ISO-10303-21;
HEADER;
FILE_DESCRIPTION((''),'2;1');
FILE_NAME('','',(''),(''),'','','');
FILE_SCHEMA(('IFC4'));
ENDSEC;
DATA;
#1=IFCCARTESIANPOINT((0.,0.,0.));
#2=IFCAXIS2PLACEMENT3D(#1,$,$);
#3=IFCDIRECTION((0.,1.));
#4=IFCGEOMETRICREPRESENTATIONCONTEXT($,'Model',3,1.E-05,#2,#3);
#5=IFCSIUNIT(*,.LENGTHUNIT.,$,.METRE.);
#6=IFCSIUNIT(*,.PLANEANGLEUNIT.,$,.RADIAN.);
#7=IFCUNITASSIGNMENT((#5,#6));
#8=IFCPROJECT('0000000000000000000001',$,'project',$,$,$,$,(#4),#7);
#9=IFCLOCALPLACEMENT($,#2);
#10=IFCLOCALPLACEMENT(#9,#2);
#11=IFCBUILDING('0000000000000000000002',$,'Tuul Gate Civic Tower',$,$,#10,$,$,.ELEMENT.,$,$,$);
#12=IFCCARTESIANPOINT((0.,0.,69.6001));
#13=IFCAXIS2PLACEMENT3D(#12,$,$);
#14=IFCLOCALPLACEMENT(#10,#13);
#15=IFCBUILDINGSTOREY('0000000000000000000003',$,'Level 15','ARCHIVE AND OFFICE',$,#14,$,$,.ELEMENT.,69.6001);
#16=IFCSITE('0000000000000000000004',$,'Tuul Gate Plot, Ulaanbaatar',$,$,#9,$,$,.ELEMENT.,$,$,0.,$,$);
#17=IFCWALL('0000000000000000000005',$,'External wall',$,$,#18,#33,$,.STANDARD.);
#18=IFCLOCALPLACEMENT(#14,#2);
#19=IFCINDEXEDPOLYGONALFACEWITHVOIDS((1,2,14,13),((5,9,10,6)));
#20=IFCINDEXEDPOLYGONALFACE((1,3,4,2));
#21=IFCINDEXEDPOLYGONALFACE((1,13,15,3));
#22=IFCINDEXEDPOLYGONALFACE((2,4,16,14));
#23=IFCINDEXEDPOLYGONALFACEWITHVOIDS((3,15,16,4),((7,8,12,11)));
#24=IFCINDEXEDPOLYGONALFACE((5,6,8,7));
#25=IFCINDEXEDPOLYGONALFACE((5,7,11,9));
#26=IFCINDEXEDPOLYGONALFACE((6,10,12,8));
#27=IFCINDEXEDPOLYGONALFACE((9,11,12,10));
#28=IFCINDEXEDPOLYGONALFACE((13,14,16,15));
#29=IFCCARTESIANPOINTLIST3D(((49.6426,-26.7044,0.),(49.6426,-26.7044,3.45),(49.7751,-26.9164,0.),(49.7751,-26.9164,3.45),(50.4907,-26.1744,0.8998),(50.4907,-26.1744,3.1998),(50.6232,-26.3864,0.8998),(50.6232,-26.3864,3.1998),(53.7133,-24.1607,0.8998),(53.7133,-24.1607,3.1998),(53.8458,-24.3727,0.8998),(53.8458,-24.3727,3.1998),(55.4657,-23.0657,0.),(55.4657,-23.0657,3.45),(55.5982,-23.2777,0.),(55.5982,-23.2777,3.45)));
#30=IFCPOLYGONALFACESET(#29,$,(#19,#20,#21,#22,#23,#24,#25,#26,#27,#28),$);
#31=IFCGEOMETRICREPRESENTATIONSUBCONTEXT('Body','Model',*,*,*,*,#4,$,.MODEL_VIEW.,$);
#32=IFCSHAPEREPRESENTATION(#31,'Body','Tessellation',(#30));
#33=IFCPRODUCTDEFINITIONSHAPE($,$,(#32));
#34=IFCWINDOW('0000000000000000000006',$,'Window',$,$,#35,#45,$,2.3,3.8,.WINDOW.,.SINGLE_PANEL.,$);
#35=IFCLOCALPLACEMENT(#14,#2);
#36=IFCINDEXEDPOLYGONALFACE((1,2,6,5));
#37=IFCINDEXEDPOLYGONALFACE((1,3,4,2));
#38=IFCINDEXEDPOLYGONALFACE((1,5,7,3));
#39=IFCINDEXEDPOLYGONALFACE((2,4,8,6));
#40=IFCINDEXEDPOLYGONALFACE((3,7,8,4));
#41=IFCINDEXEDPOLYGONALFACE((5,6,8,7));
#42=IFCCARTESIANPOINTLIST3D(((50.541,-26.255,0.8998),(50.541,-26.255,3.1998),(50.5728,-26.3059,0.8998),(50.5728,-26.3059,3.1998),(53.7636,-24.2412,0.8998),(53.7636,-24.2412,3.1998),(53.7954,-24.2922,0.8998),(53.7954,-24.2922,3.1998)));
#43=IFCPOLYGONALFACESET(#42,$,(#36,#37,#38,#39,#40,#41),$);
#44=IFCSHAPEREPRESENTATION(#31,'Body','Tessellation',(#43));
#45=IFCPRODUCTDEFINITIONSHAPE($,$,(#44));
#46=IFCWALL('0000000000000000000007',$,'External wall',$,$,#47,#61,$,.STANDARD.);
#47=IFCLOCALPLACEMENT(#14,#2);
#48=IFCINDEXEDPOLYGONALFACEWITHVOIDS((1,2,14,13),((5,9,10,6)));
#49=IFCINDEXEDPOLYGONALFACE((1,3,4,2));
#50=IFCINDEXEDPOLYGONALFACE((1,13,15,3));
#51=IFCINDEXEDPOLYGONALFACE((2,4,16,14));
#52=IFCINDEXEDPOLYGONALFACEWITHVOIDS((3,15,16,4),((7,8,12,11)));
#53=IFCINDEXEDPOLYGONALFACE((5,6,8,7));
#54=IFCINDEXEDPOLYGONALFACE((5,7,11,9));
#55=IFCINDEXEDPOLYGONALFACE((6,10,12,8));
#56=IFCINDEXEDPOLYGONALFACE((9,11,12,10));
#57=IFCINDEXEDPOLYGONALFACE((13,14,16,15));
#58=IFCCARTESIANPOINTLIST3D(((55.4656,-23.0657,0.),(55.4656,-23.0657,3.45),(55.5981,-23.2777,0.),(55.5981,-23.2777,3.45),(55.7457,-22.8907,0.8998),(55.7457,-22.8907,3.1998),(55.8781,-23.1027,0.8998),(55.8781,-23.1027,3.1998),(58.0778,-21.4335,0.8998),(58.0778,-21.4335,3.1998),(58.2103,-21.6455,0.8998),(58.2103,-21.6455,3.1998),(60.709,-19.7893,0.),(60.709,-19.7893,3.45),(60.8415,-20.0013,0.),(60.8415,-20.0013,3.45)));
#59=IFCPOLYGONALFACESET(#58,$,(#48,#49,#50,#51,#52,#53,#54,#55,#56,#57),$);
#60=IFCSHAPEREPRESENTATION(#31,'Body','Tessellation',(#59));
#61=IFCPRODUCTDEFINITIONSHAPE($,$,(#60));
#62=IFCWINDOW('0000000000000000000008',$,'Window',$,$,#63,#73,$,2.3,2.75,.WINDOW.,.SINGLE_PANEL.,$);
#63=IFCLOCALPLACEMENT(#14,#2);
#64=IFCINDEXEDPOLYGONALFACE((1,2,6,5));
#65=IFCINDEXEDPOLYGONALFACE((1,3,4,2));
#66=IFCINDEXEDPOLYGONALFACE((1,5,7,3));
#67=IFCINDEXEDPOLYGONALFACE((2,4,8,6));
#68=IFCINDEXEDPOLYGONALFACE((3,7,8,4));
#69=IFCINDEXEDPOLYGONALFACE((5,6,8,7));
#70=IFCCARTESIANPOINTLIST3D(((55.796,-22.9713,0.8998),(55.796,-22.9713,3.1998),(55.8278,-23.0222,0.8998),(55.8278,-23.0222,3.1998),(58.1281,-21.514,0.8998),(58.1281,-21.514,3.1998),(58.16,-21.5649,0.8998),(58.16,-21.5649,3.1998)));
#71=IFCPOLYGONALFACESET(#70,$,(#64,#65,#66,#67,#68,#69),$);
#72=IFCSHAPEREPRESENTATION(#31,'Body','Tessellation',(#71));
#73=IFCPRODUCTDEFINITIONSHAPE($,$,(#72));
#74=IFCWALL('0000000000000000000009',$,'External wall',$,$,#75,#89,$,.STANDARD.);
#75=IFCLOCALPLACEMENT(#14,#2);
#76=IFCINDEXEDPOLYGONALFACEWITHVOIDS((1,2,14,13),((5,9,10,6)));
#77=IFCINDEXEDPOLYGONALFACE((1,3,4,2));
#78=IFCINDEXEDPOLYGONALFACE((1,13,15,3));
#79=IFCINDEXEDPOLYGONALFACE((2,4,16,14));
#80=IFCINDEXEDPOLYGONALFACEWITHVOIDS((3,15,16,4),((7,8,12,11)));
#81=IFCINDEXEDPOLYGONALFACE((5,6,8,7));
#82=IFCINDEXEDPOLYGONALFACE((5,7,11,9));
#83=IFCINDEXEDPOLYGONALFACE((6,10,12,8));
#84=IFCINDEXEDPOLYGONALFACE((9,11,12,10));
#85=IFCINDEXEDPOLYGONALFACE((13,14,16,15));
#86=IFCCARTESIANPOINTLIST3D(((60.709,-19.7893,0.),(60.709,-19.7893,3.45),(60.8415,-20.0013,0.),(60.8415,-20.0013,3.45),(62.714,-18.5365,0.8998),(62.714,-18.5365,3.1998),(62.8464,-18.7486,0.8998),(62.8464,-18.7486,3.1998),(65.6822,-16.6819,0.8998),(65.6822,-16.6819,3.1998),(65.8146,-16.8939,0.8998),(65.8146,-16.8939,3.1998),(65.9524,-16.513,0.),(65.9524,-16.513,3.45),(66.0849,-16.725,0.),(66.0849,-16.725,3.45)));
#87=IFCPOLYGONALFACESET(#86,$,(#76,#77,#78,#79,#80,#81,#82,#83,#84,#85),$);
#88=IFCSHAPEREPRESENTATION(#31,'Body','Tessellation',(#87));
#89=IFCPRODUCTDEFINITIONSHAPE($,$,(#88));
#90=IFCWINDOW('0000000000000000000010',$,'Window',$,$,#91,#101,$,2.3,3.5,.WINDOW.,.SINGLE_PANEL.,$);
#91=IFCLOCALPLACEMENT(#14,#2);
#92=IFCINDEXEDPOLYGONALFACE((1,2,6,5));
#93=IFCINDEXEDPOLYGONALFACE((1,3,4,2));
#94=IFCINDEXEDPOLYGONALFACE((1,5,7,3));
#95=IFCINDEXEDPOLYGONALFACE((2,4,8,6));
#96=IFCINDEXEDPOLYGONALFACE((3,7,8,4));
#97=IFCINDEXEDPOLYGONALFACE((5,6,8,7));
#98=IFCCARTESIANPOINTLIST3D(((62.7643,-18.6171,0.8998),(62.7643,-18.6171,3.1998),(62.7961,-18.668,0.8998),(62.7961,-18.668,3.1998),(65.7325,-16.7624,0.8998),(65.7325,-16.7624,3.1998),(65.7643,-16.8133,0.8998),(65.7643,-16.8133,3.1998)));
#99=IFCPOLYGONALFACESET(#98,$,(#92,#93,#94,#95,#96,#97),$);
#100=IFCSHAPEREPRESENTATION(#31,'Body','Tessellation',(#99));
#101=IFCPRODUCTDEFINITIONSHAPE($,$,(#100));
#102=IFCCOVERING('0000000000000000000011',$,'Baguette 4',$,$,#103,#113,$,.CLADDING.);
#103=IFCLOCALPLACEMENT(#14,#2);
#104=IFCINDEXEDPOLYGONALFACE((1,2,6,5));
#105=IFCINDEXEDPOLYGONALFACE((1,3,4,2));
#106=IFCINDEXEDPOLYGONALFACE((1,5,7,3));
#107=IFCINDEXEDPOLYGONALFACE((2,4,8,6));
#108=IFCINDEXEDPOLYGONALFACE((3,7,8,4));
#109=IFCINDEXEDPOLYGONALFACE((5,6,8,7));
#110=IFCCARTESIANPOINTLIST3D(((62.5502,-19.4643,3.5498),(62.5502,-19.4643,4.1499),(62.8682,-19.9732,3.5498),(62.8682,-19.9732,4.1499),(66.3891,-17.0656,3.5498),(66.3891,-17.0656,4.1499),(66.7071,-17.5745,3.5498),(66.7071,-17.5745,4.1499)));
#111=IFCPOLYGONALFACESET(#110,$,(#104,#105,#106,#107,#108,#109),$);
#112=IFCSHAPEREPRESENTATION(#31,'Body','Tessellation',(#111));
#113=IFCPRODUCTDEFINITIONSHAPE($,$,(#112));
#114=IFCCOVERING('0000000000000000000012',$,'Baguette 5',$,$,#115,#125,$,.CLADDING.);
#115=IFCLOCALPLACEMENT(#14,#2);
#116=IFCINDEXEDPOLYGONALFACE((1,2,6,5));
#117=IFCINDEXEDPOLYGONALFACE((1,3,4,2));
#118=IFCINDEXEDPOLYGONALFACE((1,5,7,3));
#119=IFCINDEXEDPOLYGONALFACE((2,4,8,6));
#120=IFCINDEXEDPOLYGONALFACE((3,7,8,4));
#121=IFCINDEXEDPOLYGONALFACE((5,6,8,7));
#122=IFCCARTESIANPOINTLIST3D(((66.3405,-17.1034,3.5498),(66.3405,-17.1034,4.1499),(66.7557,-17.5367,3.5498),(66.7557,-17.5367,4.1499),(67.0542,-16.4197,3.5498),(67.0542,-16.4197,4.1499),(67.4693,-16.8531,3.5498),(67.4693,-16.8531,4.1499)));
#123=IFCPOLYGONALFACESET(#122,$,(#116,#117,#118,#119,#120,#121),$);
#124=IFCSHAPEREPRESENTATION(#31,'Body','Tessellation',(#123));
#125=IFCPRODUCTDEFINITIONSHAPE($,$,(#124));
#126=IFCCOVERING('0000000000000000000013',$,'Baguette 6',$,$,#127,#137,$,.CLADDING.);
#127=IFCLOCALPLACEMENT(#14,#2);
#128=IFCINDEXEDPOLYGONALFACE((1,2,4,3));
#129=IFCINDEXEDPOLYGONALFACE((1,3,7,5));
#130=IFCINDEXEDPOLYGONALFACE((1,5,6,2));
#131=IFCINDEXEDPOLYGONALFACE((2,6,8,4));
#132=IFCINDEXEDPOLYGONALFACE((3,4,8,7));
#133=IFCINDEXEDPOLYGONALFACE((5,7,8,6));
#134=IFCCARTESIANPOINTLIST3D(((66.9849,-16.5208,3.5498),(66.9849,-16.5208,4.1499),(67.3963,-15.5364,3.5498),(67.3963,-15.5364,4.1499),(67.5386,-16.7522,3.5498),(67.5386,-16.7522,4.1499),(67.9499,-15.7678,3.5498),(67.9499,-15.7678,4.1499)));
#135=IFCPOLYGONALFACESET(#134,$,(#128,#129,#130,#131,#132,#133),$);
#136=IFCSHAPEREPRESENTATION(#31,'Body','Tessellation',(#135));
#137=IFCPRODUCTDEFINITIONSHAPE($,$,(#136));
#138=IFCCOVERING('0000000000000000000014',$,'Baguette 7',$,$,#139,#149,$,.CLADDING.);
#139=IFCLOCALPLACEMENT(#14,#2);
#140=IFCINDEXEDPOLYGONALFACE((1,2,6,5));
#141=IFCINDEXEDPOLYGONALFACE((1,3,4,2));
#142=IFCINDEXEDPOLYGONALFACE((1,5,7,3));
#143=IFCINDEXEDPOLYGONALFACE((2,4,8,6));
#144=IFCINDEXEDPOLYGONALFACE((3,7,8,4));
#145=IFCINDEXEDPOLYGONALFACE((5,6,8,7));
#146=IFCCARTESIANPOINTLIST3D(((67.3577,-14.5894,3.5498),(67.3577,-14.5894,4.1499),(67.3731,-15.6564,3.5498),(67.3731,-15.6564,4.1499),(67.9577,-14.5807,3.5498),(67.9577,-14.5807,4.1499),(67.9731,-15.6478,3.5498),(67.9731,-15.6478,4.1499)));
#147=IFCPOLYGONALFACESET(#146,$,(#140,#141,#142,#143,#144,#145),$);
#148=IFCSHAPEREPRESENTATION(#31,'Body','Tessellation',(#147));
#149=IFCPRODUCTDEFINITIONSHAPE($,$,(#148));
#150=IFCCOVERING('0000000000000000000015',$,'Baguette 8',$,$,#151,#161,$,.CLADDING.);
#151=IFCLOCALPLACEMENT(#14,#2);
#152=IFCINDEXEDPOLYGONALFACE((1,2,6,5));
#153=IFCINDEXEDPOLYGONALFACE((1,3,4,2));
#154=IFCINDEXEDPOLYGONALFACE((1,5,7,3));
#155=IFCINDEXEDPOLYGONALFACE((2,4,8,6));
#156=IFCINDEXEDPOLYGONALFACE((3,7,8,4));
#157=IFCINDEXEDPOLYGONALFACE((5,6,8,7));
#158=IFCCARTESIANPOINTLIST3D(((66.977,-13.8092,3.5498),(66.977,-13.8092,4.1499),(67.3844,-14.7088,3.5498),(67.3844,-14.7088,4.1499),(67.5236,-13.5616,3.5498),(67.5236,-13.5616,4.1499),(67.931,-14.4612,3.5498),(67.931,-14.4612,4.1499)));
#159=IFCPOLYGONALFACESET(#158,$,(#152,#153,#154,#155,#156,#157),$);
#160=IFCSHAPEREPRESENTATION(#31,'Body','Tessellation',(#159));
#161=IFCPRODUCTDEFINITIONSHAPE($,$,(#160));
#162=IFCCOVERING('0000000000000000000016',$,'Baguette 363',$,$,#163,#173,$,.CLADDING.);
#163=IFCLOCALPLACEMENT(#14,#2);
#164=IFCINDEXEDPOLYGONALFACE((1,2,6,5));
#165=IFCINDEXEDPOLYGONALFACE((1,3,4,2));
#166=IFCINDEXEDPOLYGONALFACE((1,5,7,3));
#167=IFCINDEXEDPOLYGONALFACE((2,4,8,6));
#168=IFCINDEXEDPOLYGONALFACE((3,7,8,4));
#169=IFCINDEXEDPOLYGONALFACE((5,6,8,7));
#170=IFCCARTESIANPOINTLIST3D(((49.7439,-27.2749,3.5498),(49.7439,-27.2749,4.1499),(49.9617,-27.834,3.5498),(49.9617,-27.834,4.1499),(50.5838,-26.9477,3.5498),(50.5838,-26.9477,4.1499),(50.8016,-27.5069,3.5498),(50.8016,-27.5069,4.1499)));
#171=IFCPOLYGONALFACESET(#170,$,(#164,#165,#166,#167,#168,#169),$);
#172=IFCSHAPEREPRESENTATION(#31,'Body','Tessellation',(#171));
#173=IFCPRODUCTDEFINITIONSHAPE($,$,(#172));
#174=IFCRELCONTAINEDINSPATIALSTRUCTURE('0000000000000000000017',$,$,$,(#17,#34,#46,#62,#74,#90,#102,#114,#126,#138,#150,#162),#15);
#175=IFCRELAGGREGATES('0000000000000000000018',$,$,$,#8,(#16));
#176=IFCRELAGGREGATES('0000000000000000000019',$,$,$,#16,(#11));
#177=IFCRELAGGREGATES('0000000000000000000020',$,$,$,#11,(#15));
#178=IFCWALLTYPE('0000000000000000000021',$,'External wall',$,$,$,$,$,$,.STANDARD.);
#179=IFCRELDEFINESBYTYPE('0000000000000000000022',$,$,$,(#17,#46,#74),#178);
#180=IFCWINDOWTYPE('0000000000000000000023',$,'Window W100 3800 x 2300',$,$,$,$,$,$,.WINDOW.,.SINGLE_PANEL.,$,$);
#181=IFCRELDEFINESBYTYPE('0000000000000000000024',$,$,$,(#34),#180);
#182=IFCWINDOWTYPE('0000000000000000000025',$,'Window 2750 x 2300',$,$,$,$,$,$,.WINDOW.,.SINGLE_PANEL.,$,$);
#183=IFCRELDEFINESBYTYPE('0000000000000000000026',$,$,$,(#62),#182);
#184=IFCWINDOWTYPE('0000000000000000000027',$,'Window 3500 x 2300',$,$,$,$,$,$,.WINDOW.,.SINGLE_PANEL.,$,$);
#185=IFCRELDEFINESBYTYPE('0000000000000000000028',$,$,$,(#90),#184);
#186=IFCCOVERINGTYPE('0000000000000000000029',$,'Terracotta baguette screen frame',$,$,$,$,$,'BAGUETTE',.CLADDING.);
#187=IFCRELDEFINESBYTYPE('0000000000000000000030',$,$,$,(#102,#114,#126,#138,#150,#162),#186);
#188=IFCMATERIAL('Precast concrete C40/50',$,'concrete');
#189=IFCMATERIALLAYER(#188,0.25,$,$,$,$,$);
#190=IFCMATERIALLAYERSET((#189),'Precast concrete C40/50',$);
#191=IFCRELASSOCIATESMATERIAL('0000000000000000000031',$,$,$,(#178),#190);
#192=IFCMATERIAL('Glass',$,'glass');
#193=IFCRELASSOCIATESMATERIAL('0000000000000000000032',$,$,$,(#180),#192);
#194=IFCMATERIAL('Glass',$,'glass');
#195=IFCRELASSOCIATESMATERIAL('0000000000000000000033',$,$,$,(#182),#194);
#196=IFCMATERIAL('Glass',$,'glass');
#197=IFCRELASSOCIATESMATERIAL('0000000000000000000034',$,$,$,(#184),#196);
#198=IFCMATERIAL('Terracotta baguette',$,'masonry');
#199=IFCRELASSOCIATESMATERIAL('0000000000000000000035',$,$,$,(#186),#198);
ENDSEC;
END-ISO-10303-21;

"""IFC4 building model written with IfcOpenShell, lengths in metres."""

from ifc_helpers import new_model, si_unit, direction, frame, frame_2d, origin, origin_2d, place, context, subcontext, project, spatial, rectangle, extrude, material, layer, layer_set, material_profile, profile_set, type_object, element, fill, save


model = new_model("IFC4")

# Units and contexts
model_context = context("Model", 3, precision=1e-05, world=origin(), true_north=direction((0.0, 1.0)))
body_context = subcontext(model_context, "Body", "Model", "MODEL_VIEW")
ifc_project = project(units=[si_unit("LENGTHUNIT", "METRE"), si_unit("PLANEANGLEUNIT", "RADIAN")], contexts=[model_context])

# Site, building, storey
site_placement = place(None, origin())
site = spatial("IfcSite", under=ifc_project, at=site_placement, Name="Tuul Gate Plot, Ulaanbaatar", CompositionType="ELEMENT", RefElevation=0.0)
building_placement = place(site_placement, origin())
building = spatial("IfcBuilding", under=site, at=building_placement, Name="Tuul Gate Civic Tower", CompositionType="ELEMENT")
storey_placement = place(building_placement, frame((0.0, 0.0, 69.6001)))
storey = spatial("IfcBuildingStorey", under=building, at=storey_placement, Name="Level 15", Description="ARCHIVE AND OFFICE", CompositionType="ELEMENT", Elevation=69.6001)

# Shared definitions
ifc_material_1 = material(Name="Precast concrete C40/50", Category="concrete")
ifc_layer = layer(ifc_material_1, 0.25)
ifc_layer_set = layer_set([ifc_layer], Name="Precast concrete C40/50")
wall_type = type_object("IfcWallType", Name="External wall", PredefinedType="STANDARD", material=ifc_layer_set)

# Walls, openings, windows
wall_1_placement = place(storey_placement, frame((49.709, -26.8103, 0.0), z_axis=(0.0, 0.0, 1.0), x_axis=(0.848044, 0.529925, 0.0)))
wall_1 = element("IfcWall", 1, at=wall_1_placement, inside=storey, type_object=wall_type, Name="External wall", PredefinedType="STANDARD", context=body_context, shape_type="SweptSolid", body=[
    extrude(rectangle(XDim=6.8665, YDim=0.25, at=frame_2d((3.4331, 0.0))), origin(), (0.0, 0.0, 1.0), 3.45),
])
opening_1_placement = place(wall_1_placement, frame((1.0, 0.0, 0.8999)))
opening_1 = element("IfcOpeningElement", 2, at=opening_1_placement, cuts=wall_1, PredefinedType="OPENING", context=body_context, shape_type="SweptSolid", body=[
    extrude(rectangle(XDim=3.8, YDim=2.3, at=frame_2d((1.8999, 1.1499))), frame((0.0, 0.135, 0.0), z_axis=(0.0, -1.0, 0.0), x_axis=(1.0, 0.0, 0.0)), (0.0, 0.0, 1.0), 0.27),
])
ifc_material_2 = material(Name="Glass", Category="glass")
window_type_1 = type_object("IfcWindowType", Name="Window W100 3800 x 2300", PartitioningType="SINGLE_PANEL", PredefinedType="WINDOW", material=ifc_material_2)
window_1_placement = place(opening_1_placement, origin())
window_1 = element("IfcWindow", 3, at=window_1_placement, inside=storey, type_object=window_type_1, Name="Window", OverallHeight=2.3, OverallWidth=3.8, PartitioningType="SINGLE_PANEL", PredefinedType="WINDOW", context=body_context, shape_type="SweptSolid", body=[
    extrude(rectangle(XDim=3.8, YDim=2.3, at=frame_2d((1.8999, 1.1499))), frame((0.0, 0.03, 0.0), z_axis=(0.0, -1.0, 0.0), x_axis=(1.0, 0.0, 0.0)), (0.0, 0.0, 1.0), 0.0601),
])
fill(opening_1, window_1)
wall_2_placement = place(storey_placement, frame((55.532, -23.1716, 0.0), z_axis=(0.0, 0.0, 1.0), x_axis=(0.848054, 0.52991, 0.0)))
wall_2 = element("IfcWall", 4, at=wall_2_placement, inside=storey, type_object=wall_type, Name="External wall", PredefinedType="STANDARD", context=body_context, shape_type="SweptSolid", body=[
    extrude(rectangle(XDim=6.1829, YDim=0.25, at=frame_2d((3.0913, 0.0))), origin(), (0.0, 0.0, 1.0), 3.45),
])
opening_2_placement = place(wall_2_placement, frame((0.3301, 0.0, 0.8999)))
opening_2 = element("IfcOpeningElement", 5, at=opening_2_placement, cuts=wall_2, PredefinedType="OPENING", context=body_context, shape_type="SweptSolid", body=[
    extrude(rectangle(XDim=2.75, YDim=2.3, at=frame_2d((1.375, 1.1499))), frame((0.0, 0.135, 0.0), z_axis=(0.0, -1.0, 0.0), x_axis=(1.0, 0.0, 0.0)), (0.0, 0.0, 1.0), 0.27),
])
ifc_material_3 = material(Name="Glass", Category="glass")
window_type_2 = type_object("IfcWindowType", Name="Window 2750 x 2300", PartitioningType="SINGLE_PANEL", PredefinedType="WINDOW", material=ifc_material_3)
window_2_placement = place(opening_2_placement, origin())
window_2 = element("IfcWindow", 6, at=window_2_placement, inside=storey, type_object=window_type_2, Name="Window", OverallHeight=2.3, OverallWidth=2.75, PartitioningType="SINGLE_PANEL", PredefinedType="WINDOW", context=body_context, shape_type="SweptSolid", body=[
    extrude(rectangle(XDim=2.75, YDim=2.3, at=frame_2d((1.375, 1.1499))), frame((0.0, 0.03, 0.0), z_axis=(0.0, -1.0, 0.0), x_axis=(1.0, 0.0, 0.0)), (0.0, 0.0, 1.0), 0.0601),
])
fill(opening_2, window_2)
wall_3_placement = place(storey_placement, frame((60.7754, -19.8953, 0.0), z_axis=(0.0, 0.0, 1.0), x_axis=(0.848054, 0.52991, 0.0)))
wall_3 = element("IfcWall", 7, at=wall_3_placement, inside=storey, type_object=wall_type, Name="External wall", PredefinedType="STANDARD", context=body_context, shape_type="SweptSolid", body=[
    extrude(rectangle(XDim=6.1829, YDim=0.25, at=frame_2d((3.0913, 0.0))), origin(), (0.0, 0.0, 1.0), 3.45),
])
opening_3_placement = place(wall_3_placement, frame((2.364, 0.0, 0.8999)))
opening_3 = element("IfcOpeningElement", 8, at=opening_3_placement, cuts=wall_3, PredefinedType="OPENING", context=body_context, shape_type="SweptSolid", body=[
    extrude(rectangle(XDim=3.5, YDim=2.3, at=frame_2d((1.75, 1.1499))), frame((0.0, 0.135, 0.0), z_axis=(0.0, -1.0, 0.0), x_axis=(1.0, 0.0, 0.0)), (0.0, 0.0, 1.0), 0.27),
])
ifc_material_4 = material(Name="Glass", Category="glass")
window_type_3 = type_object("IfcWindowType", Name="Window 3500 x 2300", PartitioningType="SINGLE_PANEL", PredefinedType="WINDOW", material=ifc_material_4)
window_3_placement = place(opening_3_placement, origin())
window_3 = element("IfcWindow", 9, at=window_3_placement, inside=storey, type_object=window_type_3, Name="Window", OverallHeight=2.3, OverallWidth=3.5, PartitioningType="SINGLE_PANEL", PredefinedType="WINDOW", context=body_context, shape_type="SweptSolid", body=[
    extrude(rectangle(XDim=3.5, YDim=2.3, at=frame_2d((1.75, 1.1499))), frame((0.0, 0.03, 0.0), z_axis=(0.0, -1.0, 0.0), x_axis=(1.0, 0.0, 0.0)), (0.0, 0.0, 1.0), 0.0601),
])
fill(opening_3, window_3)

# Coverings
ifc_material_5 = material(Name="Terracotta baguette", Category="masonry")
ifc_material_profile_1 = material_profile(ifc_material_5, rectangle(XDim=0.6001, YDim=0.6001, at=origin_2d()), Name="Terracotta baguette screen frame")
ifc_profile_set_1 = profile_set([ifc_material_profile_1], Name="Terracotta baguette")
covering_type = type_object("IfcCoveringType", Name="Terracotta baguette screen frame", ElementType="BAGUETTE", PredefinedType="CLADDING", material=ifc_profile_set_1)
covering_1_placement = place(storey_placement, frame((62.7092, -19.7188, 3.8499), z_axis=(0.848059, 0.529902, 0.0), x_axis=(-0.529902, 0.848059, 0.0)))
element("IfcCovering", 10, at=covering_1_placement, inside=storey, type_object=covering_type, Name="Baguette 4", PredefinedType="CLADDING", context=body_context, shape_type="SweptSolid", body=[
    extrude(rectangle(XDim=0.6001, YDim=0.6001, at=origin_2d()), origin(), (0.0, 0.0, 1.0), 4.5266),
])
covering_2_placement = place(storey_placement, frame((66.5481, -17.3201, 3.8499), z_axis=(0.722137, 0.69175, 0.0), x_axis=(-0.69175, 0.722137, 0.0)))
element("IfcCovering", 11, at=covering_2_placement, inside=storey, type_object=covering_type, Name="Baguette 5", PredefinedType="CLADDING", context=body_context, shape_type="SweptSolid", body=[
    extrude(rectangle(XDim=0.6001, YDim=0.6001, at=origin_2d()), origin(), (0.0, 0.0, 1.0), 0.9883),
])
covering_3_placement = place(storey_placement, frame((67.2617, -16.6365, 3.8499), z_axis=(0.38559, 0.92267, 0.0), x_axis=(-0.92267, 0.38559, 0.0)))
element("IfcCovering", 12, at=covering_3_placement, inside=storey, type_object=covering_type, Name="Baguette 6", PredefinedType="CLADDING", context=body_context, shape_type="SweptSolid", body=[
    extrude(rectangle(XDim=0.6001, YDim=0.6001, at=origin_2d()), origin(), (0.0, 0.0, 1.0), 1.0669),
])
covering_4_placement = place(storey_placement, frame((67.6731, -15.6521, 3.8499), z_axis=(-0.014412, 0.999896, 0.0), x_axis=(-0.999896, -0.014412, 0.0)))
element("IfcCovering", 13, at=covering_4_placement, inside=storey, type_object=covering_type, Name="Baguette 7", PredefinedType="CLADDING", context=body_context, shape_type="SweptSolid", body=[
    extrude(rectangle(XDim=0.6001, YDim=0.6001, at=origin_2d()), origin(), (0.0, 0.0, 1.0), 1.0671),
])
covering_5_placement = place(storey_placement, frame((67.6577, -14.585, 3.8499), z_axis=(-0.412573, 0.910924, 0.0), x_axis=(-0.910924, -0.412573, 0.0)))
element("IfcCovering", 14, at=covering_5_placement, inside=storey, type_object=covering_type, Name="Baguette 8", PredefinedType="CLADDING", context=body_context, shape_type="SweptSolid", body=[
    extrude(rectangle(XDim=0.6001, YDim=0.6001, at=origin_2d()), origin(), (0.0, 0.0, 1.0), 0.9875),
])
covering_6_placement = place(storey_placement, frame((49.8528, -27.5544, 3.8499), z_axis=(0.931801, 0.362969, 0.0), x_axis=(-0.362969, 0.931801, 0.0)))
element("IfcCovering", 15, at=covering_6_placement, inside=storey, type_object=covering_type, Name="Baguette 363", PredefinedType="CLADDING", context=body_context, shape_type="SweptSolid", body=[
    extrude(rectangle(XDim=0.6001, YDim=0.6001, at=origin_2d()), origin(), (0.0, 0.0, 1.0), 0.9014),
])

save(model, "model.ifc")
